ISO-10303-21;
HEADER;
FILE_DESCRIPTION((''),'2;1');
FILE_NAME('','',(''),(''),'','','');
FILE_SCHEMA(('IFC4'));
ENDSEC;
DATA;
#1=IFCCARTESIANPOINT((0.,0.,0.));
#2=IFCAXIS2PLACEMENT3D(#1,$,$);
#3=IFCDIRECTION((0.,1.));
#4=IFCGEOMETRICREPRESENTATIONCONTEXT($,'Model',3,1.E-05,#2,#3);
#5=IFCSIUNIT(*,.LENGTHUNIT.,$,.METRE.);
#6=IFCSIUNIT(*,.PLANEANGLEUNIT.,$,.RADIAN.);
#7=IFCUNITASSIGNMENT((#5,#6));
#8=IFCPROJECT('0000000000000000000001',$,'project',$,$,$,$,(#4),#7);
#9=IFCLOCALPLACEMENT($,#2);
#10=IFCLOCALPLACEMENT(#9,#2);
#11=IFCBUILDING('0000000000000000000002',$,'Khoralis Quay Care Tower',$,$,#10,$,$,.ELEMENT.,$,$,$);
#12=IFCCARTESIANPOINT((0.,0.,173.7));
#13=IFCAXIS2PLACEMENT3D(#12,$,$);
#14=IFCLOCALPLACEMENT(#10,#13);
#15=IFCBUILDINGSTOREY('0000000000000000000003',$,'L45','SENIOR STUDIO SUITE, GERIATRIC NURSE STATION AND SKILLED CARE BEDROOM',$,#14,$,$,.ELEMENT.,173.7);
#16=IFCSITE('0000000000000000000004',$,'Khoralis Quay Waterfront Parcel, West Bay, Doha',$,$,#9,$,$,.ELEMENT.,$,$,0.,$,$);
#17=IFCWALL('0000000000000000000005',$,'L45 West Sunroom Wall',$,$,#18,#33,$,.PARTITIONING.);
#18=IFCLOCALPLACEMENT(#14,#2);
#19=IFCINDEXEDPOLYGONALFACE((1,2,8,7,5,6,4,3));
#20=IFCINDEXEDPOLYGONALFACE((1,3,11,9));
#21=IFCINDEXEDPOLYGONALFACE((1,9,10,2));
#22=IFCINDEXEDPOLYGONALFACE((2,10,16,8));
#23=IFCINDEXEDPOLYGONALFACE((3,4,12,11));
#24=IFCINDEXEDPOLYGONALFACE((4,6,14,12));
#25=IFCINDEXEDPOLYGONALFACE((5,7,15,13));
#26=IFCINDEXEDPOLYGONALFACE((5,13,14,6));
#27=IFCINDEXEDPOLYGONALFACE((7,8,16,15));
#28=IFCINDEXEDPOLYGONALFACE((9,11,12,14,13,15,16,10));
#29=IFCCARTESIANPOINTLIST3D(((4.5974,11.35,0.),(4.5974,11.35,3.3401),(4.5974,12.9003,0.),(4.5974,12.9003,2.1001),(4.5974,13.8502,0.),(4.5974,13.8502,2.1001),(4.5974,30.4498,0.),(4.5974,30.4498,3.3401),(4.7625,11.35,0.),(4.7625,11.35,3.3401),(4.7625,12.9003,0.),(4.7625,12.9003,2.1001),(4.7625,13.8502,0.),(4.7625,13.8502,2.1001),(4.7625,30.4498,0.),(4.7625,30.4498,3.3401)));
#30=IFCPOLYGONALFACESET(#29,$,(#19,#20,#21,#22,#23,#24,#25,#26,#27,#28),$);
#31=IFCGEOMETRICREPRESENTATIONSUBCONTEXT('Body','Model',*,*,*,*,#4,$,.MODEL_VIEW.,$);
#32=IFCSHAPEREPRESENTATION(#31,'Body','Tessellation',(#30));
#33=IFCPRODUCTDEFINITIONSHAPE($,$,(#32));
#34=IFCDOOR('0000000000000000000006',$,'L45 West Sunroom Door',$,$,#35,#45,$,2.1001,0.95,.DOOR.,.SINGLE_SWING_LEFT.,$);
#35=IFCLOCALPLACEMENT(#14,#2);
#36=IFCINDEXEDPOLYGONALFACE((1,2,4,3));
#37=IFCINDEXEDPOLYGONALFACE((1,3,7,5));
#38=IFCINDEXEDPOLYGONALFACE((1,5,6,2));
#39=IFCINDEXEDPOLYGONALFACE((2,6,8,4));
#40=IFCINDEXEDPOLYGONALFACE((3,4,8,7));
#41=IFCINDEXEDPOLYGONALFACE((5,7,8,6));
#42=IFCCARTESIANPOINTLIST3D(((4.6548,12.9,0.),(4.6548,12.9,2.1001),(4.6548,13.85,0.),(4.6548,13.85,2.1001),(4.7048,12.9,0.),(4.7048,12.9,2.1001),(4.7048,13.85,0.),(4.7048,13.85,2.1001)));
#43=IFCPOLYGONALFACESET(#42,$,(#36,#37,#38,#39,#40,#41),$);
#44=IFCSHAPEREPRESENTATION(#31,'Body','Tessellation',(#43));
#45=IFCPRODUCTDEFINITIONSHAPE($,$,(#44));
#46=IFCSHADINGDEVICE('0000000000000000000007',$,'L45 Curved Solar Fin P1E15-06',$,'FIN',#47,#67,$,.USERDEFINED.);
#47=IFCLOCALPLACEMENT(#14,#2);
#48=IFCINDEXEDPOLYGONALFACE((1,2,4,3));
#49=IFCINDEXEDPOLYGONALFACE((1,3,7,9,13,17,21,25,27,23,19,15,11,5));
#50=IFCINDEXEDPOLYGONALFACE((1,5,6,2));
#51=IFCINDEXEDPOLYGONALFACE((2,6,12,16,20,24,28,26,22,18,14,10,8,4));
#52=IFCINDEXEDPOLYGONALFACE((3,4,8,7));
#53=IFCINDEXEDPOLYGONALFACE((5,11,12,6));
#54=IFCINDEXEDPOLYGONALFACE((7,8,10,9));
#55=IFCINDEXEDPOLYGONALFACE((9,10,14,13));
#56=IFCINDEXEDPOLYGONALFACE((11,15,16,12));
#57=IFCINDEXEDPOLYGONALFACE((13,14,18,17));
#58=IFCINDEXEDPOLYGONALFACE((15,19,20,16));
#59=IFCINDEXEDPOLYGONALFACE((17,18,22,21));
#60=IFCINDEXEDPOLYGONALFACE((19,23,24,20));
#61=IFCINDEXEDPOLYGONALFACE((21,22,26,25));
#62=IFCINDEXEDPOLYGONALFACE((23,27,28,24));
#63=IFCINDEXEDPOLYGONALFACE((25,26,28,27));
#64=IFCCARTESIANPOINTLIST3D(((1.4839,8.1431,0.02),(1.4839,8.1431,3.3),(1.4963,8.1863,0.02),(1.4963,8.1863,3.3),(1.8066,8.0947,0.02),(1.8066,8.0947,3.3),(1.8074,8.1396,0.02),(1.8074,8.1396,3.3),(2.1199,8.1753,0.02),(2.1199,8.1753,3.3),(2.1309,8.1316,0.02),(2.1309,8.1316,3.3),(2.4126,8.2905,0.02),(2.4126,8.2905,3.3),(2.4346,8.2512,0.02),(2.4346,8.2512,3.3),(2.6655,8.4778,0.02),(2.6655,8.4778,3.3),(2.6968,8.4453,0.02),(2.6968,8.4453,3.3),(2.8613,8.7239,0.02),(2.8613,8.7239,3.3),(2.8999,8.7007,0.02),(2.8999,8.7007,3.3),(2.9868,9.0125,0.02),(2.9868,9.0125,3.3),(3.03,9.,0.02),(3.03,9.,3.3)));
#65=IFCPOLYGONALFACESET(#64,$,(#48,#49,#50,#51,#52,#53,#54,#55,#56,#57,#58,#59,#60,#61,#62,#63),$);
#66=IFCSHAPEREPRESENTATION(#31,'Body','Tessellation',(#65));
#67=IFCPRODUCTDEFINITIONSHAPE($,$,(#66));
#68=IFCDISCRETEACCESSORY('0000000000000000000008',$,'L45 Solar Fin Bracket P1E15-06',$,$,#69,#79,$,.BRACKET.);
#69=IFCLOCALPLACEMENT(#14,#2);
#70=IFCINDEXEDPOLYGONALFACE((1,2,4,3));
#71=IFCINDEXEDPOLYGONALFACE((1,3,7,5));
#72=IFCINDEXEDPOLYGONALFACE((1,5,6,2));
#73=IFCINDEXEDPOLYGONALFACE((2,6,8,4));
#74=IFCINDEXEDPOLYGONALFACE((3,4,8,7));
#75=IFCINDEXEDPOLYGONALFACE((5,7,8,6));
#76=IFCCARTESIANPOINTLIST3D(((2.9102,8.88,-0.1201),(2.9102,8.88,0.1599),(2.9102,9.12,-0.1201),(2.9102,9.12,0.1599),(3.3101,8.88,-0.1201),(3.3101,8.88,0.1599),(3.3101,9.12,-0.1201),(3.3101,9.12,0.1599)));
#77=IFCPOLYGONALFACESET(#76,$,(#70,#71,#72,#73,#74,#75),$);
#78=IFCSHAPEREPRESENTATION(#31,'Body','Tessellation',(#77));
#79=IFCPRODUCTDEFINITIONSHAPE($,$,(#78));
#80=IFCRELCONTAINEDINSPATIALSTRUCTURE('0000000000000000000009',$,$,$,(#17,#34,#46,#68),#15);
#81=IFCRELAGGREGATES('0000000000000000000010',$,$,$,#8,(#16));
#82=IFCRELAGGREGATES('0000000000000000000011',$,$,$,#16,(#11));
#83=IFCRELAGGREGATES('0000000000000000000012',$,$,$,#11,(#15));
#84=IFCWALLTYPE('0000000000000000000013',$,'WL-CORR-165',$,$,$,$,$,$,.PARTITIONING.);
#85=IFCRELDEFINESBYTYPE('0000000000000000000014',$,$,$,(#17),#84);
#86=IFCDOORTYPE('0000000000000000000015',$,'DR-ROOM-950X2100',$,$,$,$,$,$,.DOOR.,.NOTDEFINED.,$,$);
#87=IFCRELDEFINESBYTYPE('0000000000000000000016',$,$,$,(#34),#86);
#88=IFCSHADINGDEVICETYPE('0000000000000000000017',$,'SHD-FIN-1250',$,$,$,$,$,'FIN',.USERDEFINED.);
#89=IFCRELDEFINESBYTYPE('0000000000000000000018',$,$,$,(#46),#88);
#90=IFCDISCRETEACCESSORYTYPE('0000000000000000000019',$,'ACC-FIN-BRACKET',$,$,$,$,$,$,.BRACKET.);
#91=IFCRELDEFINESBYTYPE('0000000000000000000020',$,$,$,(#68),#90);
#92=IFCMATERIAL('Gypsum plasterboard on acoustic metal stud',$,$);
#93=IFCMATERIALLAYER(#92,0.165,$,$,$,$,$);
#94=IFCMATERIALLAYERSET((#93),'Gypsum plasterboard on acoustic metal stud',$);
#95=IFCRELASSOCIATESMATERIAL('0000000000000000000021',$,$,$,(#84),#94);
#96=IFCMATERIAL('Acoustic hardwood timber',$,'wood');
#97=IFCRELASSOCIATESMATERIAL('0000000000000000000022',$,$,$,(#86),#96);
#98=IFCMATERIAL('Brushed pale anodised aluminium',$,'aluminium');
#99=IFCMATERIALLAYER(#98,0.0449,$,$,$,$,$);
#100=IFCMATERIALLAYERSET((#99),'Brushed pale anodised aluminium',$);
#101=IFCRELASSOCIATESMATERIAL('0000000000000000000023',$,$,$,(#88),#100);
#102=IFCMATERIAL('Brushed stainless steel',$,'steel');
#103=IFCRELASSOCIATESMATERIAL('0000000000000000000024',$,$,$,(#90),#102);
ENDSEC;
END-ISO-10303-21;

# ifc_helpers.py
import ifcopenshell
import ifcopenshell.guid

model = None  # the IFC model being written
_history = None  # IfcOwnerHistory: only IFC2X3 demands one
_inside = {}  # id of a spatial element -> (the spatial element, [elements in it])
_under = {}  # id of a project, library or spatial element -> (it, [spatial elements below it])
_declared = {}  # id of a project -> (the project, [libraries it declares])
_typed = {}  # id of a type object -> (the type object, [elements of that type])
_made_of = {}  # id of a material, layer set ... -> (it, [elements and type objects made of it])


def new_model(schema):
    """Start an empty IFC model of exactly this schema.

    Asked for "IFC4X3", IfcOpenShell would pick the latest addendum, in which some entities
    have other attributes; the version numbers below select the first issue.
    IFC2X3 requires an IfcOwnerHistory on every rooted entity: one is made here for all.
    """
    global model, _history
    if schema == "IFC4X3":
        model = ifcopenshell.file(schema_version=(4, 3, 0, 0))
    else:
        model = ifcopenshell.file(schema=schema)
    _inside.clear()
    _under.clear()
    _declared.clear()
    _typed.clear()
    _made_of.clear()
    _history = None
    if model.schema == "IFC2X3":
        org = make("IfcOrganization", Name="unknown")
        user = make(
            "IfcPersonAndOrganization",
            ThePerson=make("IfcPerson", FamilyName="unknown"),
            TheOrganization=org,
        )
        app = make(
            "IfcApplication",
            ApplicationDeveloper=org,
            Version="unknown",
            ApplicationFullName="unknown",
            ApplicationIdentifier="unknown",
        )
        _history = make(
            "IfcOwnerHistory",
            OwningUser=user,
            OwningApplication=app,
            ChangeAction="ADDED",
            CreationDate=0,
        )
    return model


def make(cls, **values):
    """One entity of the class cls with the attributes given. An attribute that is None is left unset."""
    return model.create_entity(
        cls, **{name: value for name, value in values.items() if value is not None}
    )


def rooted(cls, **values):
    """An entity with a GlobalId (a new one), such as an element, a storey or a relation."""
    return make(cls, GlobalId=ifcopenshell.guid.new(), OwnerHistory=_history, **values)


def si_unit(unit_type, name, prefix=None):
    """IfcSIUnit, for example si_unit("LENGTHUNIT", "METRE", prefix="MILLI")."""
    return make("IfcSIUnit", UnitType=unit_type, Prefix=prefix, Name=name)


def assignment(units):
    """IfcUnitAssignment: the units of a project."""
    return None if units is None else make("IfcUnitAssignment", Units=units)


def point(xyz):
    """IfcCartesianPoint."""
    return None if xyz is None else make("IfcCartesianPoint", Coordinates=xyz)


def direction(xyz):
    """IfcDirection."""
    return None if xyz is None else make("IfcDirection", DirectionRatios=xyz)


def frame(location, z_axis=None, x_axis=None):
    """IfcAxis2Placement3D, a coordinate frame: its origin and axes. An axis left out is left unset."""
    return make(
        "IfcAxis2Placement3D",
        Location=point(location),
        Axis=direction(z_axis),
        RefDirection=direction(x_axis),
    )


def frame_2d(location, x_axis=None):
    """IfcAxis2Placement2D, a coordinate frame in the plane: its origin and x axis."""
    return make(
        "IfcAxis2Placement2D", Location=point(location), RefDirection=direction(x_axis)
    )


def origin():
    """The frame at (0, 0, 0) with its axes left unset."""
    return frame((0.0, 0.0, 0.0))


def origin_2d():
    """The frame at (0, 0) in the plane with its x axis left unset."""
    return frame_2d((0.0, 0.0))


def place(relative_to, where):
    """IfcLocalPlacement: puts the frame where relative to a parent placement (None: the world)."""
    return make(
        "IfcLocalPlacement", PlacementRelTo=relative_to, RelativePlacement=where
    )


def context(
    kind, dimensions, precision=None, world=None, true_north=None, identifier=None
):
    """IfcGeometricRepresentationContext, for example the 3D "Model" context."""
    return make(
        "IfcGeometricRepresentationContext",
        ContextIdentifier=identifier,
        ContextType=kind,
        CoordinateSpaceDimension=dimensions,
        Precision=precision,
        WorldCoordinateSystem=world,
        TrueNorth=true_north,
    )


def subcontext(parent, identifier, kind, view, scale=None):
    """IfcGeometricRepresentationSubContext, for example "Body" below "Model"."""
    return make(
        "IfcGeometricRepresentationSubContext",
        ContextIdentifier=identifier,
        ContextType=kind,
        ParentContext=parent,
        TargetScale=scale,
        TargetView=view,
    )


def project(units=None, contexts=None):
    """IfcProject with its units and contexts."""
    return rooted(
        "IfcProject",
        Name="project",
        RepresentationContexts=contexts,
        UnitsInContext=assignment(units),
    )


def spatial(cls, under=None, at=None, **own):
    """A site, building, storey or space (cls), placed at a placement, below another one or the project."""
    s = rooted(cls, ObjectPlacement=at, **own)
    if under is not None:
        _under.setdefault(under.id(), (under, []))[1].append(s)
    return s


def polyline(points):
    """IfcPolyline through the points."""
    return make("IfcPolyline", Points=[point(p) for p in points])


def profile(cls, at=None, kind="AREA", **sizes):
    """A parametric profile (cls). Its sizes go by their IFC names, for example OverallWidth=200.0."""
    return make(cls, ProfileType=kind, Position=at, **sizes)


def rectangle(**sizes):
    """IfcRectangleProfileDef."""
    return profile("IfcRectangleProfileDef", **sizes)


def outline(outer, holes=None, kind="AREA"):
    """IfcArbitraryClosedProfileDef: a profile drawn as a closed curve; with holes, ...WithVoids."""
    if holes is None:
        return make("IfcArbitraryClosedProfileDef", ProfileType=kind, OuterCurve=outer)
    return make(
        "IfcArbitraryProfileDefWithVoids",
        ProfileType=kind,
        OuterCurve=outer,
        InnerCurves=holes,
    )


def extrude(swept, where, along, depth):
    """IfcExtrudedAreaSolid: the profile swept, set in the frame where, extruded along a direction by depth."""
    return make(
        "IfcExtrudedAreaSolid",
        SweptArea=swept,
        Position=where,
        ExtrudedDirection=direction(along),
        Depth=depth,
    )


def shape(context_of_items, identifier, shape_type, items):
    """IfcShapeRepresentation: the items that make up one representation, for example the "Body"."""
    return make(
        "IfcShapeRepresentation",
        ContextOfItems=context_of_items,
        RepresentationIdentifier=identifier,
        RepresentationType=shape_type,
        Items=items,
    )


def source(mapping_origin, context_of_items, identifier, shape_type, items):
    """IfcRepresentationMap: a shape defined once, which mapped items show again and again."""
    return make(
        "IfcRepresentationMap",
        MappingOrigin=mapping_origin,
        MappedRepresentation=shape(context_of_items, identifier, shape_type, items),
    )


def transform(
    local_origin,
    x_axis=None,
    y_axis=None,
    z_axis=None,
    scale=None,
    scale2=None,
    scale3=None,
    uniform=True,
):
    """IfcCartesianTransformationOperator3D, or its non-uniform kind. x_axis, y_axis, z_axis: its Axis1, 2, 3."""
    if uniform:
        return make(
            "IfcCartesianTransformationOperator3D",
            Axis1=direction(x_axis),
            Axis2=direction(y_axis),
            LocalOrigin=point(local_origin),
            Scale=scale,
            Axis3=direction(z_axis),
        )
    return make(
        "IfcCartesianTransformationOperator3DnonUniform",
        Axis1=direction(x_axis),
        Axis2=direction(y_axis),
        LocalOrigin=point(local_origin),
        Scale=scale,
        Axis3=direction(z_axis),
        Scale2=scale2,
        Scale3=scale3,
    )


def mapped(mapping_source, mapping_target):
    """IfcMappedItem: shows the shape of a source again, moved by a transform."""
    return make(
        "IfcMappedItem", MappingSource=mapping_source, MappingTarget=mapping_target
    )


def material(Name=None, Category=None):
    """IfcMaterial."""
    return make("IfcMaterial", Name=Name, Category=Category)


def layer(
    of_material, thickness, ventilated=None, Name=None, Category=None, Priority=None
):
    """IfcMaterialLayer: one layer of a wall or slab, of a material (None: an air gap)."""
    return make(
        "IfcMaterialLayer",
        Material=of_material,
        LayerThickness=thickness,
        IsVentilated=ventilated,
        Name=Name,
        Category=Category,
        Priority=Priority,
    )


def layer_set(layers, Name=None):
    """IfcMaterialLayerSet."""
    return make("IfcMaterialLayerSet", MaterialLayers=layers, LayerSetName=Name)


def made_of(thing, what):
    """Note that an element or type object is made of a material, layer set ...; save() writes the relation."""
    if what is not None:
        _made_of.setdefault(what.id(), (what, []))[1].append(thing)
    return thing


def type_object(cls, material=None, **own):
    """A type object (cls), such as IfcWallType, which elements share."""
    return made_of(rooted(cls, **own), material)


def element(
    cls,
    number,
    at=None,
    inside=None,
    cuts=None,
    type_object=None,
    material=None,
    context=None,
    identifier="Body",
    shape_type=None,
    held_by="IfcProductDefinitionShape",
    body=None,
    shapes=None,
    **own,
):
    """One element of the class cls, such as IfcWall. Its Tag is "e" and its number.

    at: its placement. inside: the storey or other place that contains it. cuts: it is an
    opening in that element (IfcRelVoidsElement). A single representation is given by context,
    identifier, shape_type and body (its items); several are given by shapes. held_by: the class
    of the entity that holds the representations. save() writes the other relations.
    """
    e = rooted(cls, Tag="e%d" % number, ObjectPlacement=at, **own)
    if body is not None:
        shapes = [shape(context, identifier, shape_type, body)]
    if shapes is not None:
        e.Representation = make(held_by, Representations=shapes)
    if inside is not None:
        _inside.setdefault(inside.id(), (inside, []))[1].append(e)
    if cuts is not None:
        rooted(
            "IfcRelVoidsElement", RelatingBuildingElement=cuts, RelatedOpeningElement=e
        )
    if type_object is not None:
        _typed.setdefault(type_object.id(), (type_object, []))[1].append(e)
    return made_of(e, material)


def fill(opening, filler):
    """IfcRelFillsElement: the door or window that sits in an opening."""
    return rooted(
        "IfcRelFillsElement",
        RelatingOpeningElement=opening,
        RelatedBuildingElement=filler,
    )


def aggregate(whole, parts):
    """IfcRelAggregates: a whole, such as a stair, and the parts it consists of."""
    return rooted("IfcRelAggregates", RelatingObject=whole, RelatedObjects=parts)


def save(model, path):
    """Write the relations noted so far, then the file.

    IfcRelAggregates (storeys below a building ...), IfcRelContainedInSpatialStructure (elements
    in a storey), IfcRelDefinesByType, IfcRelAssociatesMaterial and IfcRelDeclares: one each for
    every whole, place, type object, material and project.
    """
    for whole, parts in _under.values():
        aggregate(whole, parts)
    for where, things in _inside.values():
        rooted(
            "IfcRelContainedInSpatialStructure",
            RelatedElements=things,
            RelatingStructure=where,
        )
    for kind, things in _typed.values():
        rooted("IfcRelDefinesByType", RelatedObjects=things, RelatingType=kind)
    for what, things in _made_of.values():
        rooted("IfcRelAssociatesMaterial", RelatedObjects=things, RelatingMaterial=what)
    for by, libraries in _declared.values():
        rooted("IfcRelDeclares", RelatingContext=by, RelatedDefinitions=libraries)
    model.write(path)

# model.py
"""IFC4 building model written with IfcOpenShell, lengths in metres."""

from ifc_helpers import new_model, si_unit, direction, frame, frame_2d, origin, origin_2d, place, context, subcontext, project, spatial, polyline, rectangle, outline, extrude, source, transform, mapped, material, layer, layer_set, type_object, element, fill, save


model = new_model("IFC4")

# Units and contexts
model_context = context("Model", 3, precision=1e-05, world=origin(), true_north=direction((0.0, 1.0)))
body_context = subcontext(model_context, "Body", "Model", "MODEL_VIEW")
ifc_project = project(units=[si_unit("LENGTHUNIT", "METRE"), si_unit("PLANEANGLEUNIT", "RADIAN")], contexts=[model_context])

# Site, building, storey
site_placement = place(None, origin())
site = spatial("IfcSite", under=ifc_project, at=site_placement, Name="Khoralis Quay Waterfront Parcel, West Bay, Doha", CompositionType="ELEMENT", RefElevation=0.0)
building_placement = place(site_placement, origin())
building = spatial("IfcBuilding", under=site, at=building_placement, Name="Khoralis Quay Care Tower", CompositionType="ELEMENT")
storey_placement = place(building_placement, frame((0.0, 0.0, 173.7)))
storey = spatial("IfcBuildingStorey", under=building, at=storey_placement, Name="L45", Description="SENIOR STUDIO SUITE, GERIATRIC NURSE STATION AND SKILLED CARE BEDROOM", CompositionType="ELEMENT", Elevation=173.7)

# Shared definitions
ifc_material_1 = material(Name="Gypsum plasterboard on acoustic metal stud")

# Shared definitions
ifc_layer_1 = layer(ifc_material_1, 0.165)
ifc_layer_set_1 = layer_set([ifc_layer_1], Name="Gypsum plasterboard on acoustic metal stud")
wall_type_1 = type_object("IfcWallType", Name="WL-CORR-165", PredefinedType="PARTITIONING", material=ifc_layer_set_1)
ifc_material_2 = material(Name="Acoustic hardwood timber", Category="wood")
door_type_1 = type_object("IfcDoorType", Name="DR-ROOM-950X2100", OperationType="NOTDEFINED", PredefinedType="DOOR", material=ifc_material_2)
shared_shape_1 = source(origin(), body_context, "Body", "SweptSolid", [
    extrude(rectangle(XDim=0.95, YDim=2.1001, at=frame_2d((0.4751, 1.05))), frame((0.0, 0.0249, 0.0), z_axis=(0.0, -1.0, 0.0), x_axis=(1.0, 0.0, 0.0)), (0.0, 0.0, 1.0), 0.05),
])

# Wall, opening, door
wall_1_placement = place(storey_placement, frame((4.6799, 11.3501, 0.0), z_axis=(0.0, 0.0, 1.0), x_axis=(0.0, 1.0, 0.0)))
wall_1 = element("IfcWall", 1, at=wall_1_placement, inside=storey, type_object=wall_type_1, Name="L45 West Sunroom Wall", PredefinedType="PARTITIONING", context=body_context, shape_type="SweptSolid", body=[
    extrude(rectangle(XDim=19.0999, YDim=0.165, at=frame_2d((9.5498, 0.0))), origin(), (0.0, 0.0, 1.0), 3.3401),
])
opening_1_placement = place(wall_1_placement, frame((1.55, 0.0, 0.0)))
opening_1 = element("IfcOpeningElement", 2, at=opening_1_placement, cuts=wall_1, PredefinedType="OPENING", context=body_context, shape_type="SweptSolid", body=[
    extrude(rectangle(XDim=0.95, YDim=2.1001, at=frame_2d((0.4751, 1.05))), frame((0.0, 0.0925, 0.0), z_axis=(0.0, -1.0, 0.0), x_axis=(1.0, 0.0, 0.0)), (0.0, 0.0, 1.0), 0.1851),
])
door_1_placement = place(opening_1_placement, frame((0.95, 0.0, 0.0), z_axis=(0.0, 0.0, 1.0), x_axis=(-1.0, 0.0, 0.0)))
door_1 = element("IfcDoor", 3, at=door_1_placement, inside=storey, type_object=door_type_1, Name="L45 West Sunroom Door", OperationType="SINGLE_SWING_LEFT", OverallHeight=2.1001, OverallWidth=0.95, PredefinedType="DOOR", context=body_context, shape_type="MappedRepresentation", body=[
    mapped(shared_shape_1, transform((0.0, 0.0, 0.0), scale=1.0)),
])
fill(opening_1, door_1)

# Shading device
ifc_material_3 = material(Name="Brushed pale anodised aluminium", Category="aluminium")
ifc_layer_2 = layer(ifc_material_3, 0.0449)
ifc_layer_set_2 = layer_set([ifc_layer_2], Name="Brushed pale anodised aluminium")
shading_device_type = type_object("IfcShadingDeviceType", Name="SHD-FIN-1250", ElementType="FIN", PredefinedType="USERDEFINED", material=ifc_layer_set_2)
shared_shape_2 = source(origin(), body_context, "Body", "SweptSolid", [
    extrude(outline(polyline([(0.0, 0.0), (0.1301, 0.2993), (0.3333, 0.5547), (0.5955, 0.7488), (0.8992, 0.8684), (1.2234, 0.9053), (1.5461, 0.8569), (1.5337, 0.8137), (1.2227, 0.8604), (0.9102, 0.8247), (0.6174, 0.7095), (0.3645, 0.5222), (0.1687, 0.2761), (0.0432, -0.0125), (0.0, 0.0)])), origin(), (0.0, 0.0, 1.0), 3.28),
])
shading_device_placement = place(storey_placement, frame((3.03, 9.0, 0.02), z_axis=(0.0, 0.0, 1.0), x_axis=(-1.0, 0.0, 0.0)))
element("IfcShadingDevice", 4, at=shading_device_placement, inside=storey, type_object=shading_device_type, Name="L45 Curved Solar Fin P1E15-06", ObjectType="FIN", PredefinedType="USERDEFINED", context=body_context, shape_type="MappedRepresentation", body=[
    mapped(shared_shape_2, transform((0.0, 0.0, 0.0), scale=1.0)),
])

# Discrete accessory
ifc_material_4 = material(Name="Brushed stainless steel", Category="steel")
discrete_accessory_type = type_object("IfcDiscreteAccessoryType", Name="ACC-FIN-BRACKET", PredefinedType="BRACKET", material=ifc_material_4)
shared_shape_3 = source(origin(), body_context, "Body", "SweptSolid", [
    extrude(rectangle(XDim=0.3999, YDim=0.24, at=origin_2d()), origin(), (0.0, 0.0, 1.0), 0.28),
])
discrete_accessory_placement = place(storey_placement, frame((3.1101, 9.0, -0.1201), z_axis=(0.0, 0.0, 1.0), x_axis=(-1.0, 0.0, 0.0)))
element("IfcDiscreteAccessory", 5, at=discrete_accessory_placement, inside=storey, type_object=discrete_accessory_type, Name="L45 Solar Fin Bracket P1E15-06", PredefinedType="BRACKET", context=body_context, shape_type="MappedRepresentation", body=[
    mapped(shared_shape_3, transform((0.0, 0.0, 0.0), scale=1.0)),
])

save(model, "model.ifc")
